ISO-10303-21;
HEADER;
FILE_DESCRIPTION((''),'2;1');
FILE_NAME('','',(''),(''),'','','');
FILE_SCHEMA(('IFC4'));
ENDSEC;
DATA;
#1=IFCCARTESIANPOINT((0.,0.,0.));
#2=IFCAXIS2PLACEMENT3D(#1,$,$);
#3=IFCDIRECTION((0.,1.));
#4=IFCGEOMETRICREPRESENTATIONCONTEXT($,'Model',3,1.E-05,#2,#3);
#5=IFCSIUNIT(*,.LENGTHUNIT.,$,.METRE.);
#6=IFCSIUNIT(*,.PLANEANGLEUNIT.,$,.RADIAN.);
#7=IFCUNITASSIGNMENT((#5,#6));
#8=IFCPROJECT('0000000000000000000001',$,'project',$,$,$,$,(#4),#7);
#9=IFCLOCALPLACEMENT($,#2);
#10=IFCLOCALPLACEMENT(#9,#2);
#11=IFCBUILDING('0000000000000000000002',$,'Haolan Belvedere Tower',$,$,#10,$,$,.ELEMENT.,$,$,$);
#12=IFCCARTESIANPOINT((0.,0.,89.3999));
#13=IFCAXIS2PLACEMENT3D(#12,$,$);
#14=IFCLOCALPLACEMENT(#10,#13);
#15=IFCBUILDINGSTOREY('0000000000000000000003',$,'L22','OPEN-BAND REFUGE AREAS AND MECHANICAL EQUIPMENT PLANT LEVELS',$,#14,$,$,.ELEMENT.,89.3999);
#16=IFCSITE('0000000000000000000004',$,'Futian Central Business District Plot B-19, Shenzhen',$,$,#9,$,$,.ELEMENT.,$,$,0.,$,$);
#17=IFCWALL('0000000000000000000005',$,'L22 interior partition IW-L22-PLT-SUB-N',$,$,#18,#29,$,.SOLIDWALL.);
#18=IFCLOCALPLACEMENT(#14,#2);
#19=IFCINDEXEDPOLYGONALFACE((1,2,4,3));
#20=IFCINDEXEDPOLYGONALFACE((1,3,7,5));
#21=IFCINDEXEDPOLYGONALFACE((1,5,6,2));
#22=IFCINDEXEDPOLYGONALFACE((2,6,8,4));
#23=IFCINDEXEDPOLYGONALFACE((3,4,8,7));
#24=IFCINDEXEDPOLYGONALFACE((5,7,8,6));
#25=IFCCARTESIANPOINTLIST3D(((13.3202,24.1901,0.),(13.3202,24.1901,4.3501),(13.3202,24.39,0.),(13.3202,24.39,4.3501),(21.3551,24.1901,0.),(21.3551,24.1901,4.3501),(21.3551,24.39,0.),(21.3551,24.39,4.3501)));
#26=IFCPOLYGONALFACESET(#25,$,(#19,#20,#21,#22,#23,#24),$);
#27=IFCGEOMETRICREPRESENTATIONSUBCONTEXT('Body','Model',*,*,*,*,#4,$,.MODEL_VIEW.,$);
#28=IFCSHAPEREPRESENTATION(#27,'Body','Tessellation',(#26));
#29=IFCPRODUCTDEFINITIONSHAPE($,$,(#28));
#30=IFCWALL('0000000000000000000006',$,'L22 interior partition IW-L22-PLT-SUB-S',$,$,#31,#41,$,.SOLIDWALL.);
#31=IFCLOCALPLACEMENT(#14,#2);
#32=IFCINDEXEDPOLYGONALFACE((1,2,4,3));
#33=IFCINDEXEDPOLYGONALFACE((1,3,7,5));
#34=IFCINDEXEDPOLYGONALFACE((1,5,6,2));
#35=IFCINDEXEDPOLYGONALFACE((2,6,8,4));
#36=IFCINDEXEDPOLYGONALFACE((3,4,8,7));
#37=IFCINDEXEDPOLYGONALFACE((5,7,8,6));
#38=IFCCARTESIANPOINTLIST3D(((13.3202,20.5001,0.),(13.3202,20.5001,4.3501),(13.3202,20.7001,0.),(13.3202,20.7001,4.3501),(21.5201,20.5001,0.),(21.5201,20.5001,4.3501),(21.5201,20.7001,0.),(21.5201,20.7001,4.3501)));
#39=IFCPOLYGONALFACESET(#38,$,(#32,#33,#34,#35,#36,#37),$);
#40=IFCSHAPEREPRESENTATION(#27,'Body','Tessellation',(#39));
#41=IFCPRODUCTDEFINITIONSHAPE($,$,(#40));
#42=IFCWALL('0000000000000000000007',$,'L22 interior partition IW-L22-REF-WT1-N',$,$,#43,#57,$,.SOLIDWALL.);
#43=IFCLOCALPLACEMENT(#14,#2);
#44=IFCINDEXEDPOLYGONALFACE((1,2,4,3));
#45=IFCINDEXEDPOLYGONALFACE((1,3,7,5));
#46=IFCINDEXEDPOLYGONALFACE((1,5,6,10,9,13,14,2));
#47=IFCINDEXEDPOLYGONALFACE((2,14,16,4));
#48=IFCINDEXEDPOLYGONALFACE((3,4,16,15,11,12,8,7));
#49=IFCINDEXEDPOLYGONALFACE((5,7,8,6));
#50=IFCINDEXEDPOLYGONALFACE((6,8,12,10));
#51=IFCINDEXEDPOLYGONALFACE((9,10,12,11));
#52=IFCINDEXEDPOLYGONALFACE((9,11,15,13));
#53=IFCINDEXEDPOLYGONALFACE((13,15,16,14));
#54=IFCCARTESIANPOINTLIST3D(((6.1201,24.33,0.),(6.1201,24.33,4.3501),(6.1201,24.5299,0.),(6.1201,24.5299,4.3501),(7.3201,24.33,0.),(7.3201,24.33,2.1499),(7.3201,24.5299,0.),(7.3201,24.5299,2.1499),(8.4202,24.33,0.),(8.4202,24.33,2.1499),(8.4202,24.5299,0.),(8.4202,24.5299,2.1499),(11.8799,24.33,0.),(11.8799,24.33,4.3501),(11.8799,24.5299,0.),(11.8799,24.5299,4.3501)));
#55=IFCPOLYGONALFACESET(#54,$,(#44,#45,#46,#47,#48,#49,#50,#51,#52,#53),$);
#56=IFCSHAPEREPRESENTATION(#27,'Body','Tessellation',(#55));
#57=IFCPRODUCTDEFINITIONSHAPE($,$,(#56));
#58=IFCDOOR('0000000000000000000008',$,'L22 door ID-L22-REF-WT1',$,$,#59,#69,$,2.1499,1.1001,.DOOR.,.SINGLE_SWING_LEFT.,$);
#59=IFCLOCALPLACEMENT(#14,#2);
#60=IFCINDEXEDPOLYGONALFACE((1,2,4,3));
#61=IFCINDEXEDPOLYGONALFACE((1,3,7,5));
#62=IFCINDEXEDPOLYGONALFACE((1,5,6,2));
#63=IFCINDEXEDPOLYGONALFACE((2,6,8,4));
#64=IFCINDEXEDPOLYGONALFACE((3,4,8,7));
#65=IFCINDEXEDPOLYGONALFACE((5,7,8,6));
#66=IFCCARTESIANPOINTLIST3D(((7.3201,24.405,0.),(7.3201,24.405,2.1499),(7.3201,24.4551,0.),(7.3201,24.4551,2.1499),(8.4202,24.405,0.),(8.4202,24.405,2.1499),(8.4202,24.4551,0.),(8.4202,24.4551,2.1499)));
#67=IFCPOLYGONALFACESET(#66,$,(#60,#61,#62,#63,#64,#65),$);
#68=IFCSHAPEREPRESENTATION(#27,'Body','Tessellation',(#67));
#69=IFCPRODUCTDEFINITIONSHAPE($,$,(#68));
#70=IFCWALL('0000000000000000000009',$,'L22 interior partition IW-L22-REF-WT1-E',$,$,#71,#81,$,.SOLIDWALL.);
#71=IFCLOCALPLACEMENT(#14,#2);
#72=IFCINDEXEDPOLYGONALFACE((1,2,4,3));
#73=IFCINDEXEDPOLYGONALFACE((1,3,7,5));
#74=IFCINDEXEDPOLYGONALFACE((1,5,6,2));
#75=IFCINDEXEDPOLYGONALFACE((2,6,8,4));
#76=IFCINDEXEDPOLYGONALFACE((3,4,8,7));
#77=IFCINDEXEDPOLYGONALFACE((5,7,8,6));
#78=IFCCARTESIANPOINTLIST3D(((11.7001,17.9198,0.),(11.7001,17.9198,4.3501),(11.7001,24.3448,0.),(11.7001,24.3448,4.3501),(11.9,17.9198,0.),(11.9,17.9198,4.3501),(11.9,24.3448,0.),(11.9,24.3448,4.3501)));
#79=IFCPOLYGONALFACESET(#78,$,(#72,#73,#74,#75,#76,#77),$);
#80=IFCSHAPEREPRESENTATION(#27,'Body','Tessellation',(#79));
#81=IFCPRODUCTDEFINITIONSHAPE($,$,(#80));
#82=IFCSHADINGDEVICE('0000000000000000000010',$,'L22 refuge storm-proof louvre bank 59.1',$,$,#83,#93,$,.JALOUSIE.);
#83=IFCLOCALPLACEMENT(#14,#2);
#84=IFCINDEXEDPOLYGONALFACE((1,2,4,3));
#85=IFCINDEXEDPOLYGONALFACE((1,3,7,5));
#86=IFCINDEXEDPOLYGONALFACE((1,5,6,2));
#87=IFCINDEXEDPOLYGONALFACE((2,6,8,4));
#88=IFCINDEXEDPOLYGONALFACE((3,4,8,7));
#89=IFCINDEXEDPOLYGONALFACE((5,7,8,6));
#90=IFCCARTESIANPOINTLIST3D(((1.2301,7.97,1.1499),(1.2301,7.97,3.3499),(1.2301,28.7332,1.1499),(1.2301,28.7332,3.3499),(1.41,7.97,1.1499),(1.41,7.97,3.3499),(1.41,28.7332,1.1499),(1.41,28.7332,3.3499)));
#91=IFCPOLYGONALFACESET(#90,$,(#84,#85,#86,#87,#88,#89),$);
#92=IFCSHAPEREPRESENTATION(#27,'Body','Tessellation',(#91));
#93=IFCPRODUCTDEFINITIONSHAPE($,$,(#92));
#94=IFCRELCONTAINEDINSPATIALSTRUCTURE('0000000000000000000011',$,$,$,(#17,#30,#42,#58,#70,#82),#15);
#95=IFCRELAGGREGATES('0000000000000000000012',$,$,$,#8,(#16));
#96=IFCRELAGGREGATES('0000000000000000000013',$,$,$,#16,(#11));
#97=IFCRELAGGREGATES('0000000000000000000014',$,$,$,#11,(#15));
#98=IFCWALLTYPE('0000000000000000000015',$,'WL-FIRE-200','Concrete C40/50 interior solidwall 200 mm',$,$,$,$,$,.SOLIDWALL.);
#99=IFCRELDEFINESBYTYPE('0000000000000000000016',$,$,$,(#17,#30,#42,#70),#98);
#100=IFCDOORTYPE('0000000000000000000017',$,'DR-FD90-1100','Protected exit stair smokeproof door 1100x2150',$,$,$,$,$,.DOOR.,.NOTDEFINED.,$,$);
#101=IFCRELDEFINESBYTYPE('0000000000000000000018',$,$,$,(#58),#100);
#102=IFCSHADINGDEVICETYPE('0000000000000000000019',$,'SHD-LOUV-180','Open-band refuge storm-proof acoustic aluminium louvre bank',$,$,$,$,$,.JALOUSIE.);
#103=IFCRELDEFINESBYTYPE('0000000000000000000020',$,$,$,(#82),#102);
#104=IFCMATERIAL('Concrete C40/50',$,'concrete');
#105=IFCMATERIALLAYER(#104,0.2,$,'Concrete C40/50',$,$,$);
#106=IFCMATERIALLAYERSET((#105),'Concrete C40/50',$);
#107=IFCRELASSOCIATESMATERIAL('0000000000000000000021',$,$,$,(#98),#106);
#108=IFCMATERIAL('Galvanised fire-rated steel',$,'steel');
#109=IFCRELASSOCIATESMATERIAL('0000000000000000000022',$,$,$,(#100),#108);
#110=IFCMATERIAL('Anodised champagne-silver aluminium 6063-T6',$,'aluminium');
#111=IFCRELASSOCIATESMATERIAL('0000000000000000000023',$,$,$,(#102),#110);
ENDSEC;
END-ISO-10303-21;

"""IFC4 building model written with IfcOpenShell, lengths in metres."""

from ifc_helpers import new_model, si_unit, direction, frame, frame_2d, origin, origin_2d, place, context, subcontext, project, spatial, rectangle, extrude, material, layer, layer_set, type_object, element, fill, save


model = new_model("IFC4")

# Units and contexts
model_context = context("Model", 3, precision=1e-05, world=origin(), true_north=direction((0.0, 1.0)))
body_context = subcontext(model_context, "Body", "Model", "MODEL_VIEW")
ifc_project = project(units=[si_unit("LENGTHUNIT", "METRE"), si_unit("PLANEANGLEUNIT", "RADIAN")], contexts=[model_context])

# Site, building, storey
site_placement = place(None, origin())
site = spatial("IfcSite", under=ifc_project, at=site_placement, Name="Futian Central Business District Plot B-19, Shenzhen", CompositionType="ELEMENT", RefElevation=0.0)
building_placement = place(site_placement, origin())
building = spatial("IfcBuilding", under=site, at=building_placement, Name="Haolan Belvedere Tower", CompositionType="ELEMENT")
storey_placement = place(building_placement, frame((0.0, 0.0, 89.3999)))
storey = spatial("IfcBuildingStorey", under=building, at=storey_placement, Name="L22", Description="OPEN-BAND REFUGE AREAS AND MECHANICAL EQUIPMENT PLANT LEVELS", CompositionType="ELEMENT", Elevation=89.3999)

# Walls
ifc_material_1 = material(Name="Concrete C40/50", Category="concrete")
ifc_layer_1 = layer(ifc_material_1, 0.2, Name="Concrete C40/50")
ifc_layer_set_1 = layer_set([ifc_layer_1], Name="Concrete C40/50")
wall_type = type_object("IfcWallType", Name="WL-FIRE-200", Description="Concrete C40/50 interior solidwall 200 mm", PredefinedType="SOLIDWALL", material=ifc_layer_set_1)
wall_1_placement = place(storey_placement, frame((13.3201, 24.29, 0.0), z_axis=(0.0, 0.0, 1.0), x_axis=(1.0, 0.0, 0.0)))
element("IfcWall", 1, at=wall_1_placement, inside=storey, type_object=wall_type, Name="L22 interior partition IW-L22-PLT-SUB-N", PredefinedType="SOLIDWALL", context=body_context, shape_type="SweptSolid", body=[
    extrude(rectangle(XDim=8.0349, YDim=0.2, at=frame_2d((4.0176, 0.0))), origin(), (0.0, 0.0, 1.0), 4.3501),
])
wall_2_placement = place(storey_placement, frame((13.3201, 20.6001, 0.0), z_axis=(0.0, 0.0, 1.0), x_axis=(1.0, 0.0, 0.0)))
element("IfcWall", 2, at=wall_2_placement, inside=storey, type_object=wall_type, Name="L22 interior partition IW-L22-PLT-SUB-S", PredefinedType="SOLIDWALL", context=body_context, shape_type="SweptSolid", body=[
    extrude(rectangle(XDim=8.2, YDim=0.2, at=frame_2d((4.1001, 0.0))), origin(), (0.0, 0.0, 1.0), 4.3501),
])

# Wall, opening, door
wall_3_placement = place(storey_placement, frame((6.1201, 24.4299, 0.0), z_axis=(0.0, 0.0, 1.0), x_axis=(1.0, 0.0, 0.0)))
wall_3 = element("IfcWall", 3, at=wall_3_placement, inside=storey, type_object=wall_type, Name="L22 interior partition IW-L22-REF-WT1-N", PredefinedType="SOLIDWALL", context=body_context, shape_type="SweptSolid", body=[
    extrude(rectangle(XDim=5.7598, YDim=0.2, at=frame_2d((2.8799, 0.0))), origin(), (0.0, 0.0, 1.0), 4.3501),
])
opening_placement = place(wall_3_placement, frame((2.3, 0.0, 0.0), z_axis=(0.0, 0.0, 1.0), x_axis=(-1.0, 0.0, 0.0)))
opening = element("IfcOpeningElement", 4, at=opening_placement, cuts=wall_3, PredefinedType="OPENING", context=body_context, shape_type="SweptSolid", body=[
    extrude(rectangle(XDim=1.1001, YDim=2.1499, at=frame_2d((0.55, 1.075))), frame((0.0, 0.1099, 0.0), z_axis=(0.0, -1.0, 0.0), x_axis=(1.0, 0.0, 0.0)), (0.0, 0.0, 1.0), 0.22),
])
ifc_material_2 = material(Name="Galvanised fire-rated steel", Category="steel")
door_type = type_object("IfcDoorType", Name="DR-FD90-1100", Description="Protected exit stair smokeproof door 1100x2150", OperationType="NOTDEFINED", PredefinedType="DOOR", material=ifc_material_2)
door_placement = place(opening_placement, origin())
door = element("IfcDoor", 5, at=door_placement, inside=storey, type_object=door_type, Name="L22 door ID-L22-REF-WT1", OperationType="SINGLE_SWING_LEFT", OverallHeight=2.1499, OverallWidth=1.1001, PredefinedType="DOOR", context=body_context, shape_type="SweptSolid", body=[
    extrude(rectangle(XDim=1.1001, YDim=2.1499, at=frame_2d((0.55, 1.075))), frame((0.0, 0.0249, 0.0), z_axis=(0.0, -1.0, 0.0), x_axis=(1.0, 0.0, 0.0)), (0.0, 0.0, 1.0), 0.05),
])
fill(opening, door)

# Wall
wall_4_placement = place(storey_placement, frame((11.8, 17.9199, 0.0), z_axis=(0.0, 0.0, 1.0), x_axis=(0.0, 1.0, 0.0)))
element("IfcWall", 6, at=wall_4_placement, inside=storey, type_object=wall_type, Name="L22 interior partition IW-L22-REF-WT1-E", PredefinedType="SOLIDWALL", context=body_context, shape_type="SweptSolid", body=[
    extrude(rectangle(XDim=6.425, YDim=0.2, at=frame_2d((3.2124, 0.0))), origin(), (0.0, 0.0, 1.0), 4.3501),
])

# Shading device
ifc_material_3 = material(Name="Anodised champagne-silver aluminium 6063-T6", Category="aluminium")
shading_device_type = type_object("IfcShadingDeviceType", Name="SHD-LOUV-180", Description="Open-band refuge storm-proof acoustic aluminium louvre bank", PredefinedType="JALOUSIE", material=ifc_material_3)
shading_device_placement = place(storey_placement, frame((1.3201, 18.3516, 1.1499), z_axis=(0.0, 0.0, 1.0), x_axis=(0.0, -1.0, 0.0)))
element("IfcShadingDevice", 7, at=shading_device_placement, inside=storey, type_object=shading_device_type, Name="L22 refuge storm-proof louvre bank 59.1", PredefinedType="JALOUSIE", context=body_context, shape_type="SweptSolid", body=[
    extrude(rectangle(XDim=20.7632, YDim=0.1799, at=origin_2d()), origin(), (0.0, 0.0, 1.0), 2.2),
])

save(model, "model.ifc")
